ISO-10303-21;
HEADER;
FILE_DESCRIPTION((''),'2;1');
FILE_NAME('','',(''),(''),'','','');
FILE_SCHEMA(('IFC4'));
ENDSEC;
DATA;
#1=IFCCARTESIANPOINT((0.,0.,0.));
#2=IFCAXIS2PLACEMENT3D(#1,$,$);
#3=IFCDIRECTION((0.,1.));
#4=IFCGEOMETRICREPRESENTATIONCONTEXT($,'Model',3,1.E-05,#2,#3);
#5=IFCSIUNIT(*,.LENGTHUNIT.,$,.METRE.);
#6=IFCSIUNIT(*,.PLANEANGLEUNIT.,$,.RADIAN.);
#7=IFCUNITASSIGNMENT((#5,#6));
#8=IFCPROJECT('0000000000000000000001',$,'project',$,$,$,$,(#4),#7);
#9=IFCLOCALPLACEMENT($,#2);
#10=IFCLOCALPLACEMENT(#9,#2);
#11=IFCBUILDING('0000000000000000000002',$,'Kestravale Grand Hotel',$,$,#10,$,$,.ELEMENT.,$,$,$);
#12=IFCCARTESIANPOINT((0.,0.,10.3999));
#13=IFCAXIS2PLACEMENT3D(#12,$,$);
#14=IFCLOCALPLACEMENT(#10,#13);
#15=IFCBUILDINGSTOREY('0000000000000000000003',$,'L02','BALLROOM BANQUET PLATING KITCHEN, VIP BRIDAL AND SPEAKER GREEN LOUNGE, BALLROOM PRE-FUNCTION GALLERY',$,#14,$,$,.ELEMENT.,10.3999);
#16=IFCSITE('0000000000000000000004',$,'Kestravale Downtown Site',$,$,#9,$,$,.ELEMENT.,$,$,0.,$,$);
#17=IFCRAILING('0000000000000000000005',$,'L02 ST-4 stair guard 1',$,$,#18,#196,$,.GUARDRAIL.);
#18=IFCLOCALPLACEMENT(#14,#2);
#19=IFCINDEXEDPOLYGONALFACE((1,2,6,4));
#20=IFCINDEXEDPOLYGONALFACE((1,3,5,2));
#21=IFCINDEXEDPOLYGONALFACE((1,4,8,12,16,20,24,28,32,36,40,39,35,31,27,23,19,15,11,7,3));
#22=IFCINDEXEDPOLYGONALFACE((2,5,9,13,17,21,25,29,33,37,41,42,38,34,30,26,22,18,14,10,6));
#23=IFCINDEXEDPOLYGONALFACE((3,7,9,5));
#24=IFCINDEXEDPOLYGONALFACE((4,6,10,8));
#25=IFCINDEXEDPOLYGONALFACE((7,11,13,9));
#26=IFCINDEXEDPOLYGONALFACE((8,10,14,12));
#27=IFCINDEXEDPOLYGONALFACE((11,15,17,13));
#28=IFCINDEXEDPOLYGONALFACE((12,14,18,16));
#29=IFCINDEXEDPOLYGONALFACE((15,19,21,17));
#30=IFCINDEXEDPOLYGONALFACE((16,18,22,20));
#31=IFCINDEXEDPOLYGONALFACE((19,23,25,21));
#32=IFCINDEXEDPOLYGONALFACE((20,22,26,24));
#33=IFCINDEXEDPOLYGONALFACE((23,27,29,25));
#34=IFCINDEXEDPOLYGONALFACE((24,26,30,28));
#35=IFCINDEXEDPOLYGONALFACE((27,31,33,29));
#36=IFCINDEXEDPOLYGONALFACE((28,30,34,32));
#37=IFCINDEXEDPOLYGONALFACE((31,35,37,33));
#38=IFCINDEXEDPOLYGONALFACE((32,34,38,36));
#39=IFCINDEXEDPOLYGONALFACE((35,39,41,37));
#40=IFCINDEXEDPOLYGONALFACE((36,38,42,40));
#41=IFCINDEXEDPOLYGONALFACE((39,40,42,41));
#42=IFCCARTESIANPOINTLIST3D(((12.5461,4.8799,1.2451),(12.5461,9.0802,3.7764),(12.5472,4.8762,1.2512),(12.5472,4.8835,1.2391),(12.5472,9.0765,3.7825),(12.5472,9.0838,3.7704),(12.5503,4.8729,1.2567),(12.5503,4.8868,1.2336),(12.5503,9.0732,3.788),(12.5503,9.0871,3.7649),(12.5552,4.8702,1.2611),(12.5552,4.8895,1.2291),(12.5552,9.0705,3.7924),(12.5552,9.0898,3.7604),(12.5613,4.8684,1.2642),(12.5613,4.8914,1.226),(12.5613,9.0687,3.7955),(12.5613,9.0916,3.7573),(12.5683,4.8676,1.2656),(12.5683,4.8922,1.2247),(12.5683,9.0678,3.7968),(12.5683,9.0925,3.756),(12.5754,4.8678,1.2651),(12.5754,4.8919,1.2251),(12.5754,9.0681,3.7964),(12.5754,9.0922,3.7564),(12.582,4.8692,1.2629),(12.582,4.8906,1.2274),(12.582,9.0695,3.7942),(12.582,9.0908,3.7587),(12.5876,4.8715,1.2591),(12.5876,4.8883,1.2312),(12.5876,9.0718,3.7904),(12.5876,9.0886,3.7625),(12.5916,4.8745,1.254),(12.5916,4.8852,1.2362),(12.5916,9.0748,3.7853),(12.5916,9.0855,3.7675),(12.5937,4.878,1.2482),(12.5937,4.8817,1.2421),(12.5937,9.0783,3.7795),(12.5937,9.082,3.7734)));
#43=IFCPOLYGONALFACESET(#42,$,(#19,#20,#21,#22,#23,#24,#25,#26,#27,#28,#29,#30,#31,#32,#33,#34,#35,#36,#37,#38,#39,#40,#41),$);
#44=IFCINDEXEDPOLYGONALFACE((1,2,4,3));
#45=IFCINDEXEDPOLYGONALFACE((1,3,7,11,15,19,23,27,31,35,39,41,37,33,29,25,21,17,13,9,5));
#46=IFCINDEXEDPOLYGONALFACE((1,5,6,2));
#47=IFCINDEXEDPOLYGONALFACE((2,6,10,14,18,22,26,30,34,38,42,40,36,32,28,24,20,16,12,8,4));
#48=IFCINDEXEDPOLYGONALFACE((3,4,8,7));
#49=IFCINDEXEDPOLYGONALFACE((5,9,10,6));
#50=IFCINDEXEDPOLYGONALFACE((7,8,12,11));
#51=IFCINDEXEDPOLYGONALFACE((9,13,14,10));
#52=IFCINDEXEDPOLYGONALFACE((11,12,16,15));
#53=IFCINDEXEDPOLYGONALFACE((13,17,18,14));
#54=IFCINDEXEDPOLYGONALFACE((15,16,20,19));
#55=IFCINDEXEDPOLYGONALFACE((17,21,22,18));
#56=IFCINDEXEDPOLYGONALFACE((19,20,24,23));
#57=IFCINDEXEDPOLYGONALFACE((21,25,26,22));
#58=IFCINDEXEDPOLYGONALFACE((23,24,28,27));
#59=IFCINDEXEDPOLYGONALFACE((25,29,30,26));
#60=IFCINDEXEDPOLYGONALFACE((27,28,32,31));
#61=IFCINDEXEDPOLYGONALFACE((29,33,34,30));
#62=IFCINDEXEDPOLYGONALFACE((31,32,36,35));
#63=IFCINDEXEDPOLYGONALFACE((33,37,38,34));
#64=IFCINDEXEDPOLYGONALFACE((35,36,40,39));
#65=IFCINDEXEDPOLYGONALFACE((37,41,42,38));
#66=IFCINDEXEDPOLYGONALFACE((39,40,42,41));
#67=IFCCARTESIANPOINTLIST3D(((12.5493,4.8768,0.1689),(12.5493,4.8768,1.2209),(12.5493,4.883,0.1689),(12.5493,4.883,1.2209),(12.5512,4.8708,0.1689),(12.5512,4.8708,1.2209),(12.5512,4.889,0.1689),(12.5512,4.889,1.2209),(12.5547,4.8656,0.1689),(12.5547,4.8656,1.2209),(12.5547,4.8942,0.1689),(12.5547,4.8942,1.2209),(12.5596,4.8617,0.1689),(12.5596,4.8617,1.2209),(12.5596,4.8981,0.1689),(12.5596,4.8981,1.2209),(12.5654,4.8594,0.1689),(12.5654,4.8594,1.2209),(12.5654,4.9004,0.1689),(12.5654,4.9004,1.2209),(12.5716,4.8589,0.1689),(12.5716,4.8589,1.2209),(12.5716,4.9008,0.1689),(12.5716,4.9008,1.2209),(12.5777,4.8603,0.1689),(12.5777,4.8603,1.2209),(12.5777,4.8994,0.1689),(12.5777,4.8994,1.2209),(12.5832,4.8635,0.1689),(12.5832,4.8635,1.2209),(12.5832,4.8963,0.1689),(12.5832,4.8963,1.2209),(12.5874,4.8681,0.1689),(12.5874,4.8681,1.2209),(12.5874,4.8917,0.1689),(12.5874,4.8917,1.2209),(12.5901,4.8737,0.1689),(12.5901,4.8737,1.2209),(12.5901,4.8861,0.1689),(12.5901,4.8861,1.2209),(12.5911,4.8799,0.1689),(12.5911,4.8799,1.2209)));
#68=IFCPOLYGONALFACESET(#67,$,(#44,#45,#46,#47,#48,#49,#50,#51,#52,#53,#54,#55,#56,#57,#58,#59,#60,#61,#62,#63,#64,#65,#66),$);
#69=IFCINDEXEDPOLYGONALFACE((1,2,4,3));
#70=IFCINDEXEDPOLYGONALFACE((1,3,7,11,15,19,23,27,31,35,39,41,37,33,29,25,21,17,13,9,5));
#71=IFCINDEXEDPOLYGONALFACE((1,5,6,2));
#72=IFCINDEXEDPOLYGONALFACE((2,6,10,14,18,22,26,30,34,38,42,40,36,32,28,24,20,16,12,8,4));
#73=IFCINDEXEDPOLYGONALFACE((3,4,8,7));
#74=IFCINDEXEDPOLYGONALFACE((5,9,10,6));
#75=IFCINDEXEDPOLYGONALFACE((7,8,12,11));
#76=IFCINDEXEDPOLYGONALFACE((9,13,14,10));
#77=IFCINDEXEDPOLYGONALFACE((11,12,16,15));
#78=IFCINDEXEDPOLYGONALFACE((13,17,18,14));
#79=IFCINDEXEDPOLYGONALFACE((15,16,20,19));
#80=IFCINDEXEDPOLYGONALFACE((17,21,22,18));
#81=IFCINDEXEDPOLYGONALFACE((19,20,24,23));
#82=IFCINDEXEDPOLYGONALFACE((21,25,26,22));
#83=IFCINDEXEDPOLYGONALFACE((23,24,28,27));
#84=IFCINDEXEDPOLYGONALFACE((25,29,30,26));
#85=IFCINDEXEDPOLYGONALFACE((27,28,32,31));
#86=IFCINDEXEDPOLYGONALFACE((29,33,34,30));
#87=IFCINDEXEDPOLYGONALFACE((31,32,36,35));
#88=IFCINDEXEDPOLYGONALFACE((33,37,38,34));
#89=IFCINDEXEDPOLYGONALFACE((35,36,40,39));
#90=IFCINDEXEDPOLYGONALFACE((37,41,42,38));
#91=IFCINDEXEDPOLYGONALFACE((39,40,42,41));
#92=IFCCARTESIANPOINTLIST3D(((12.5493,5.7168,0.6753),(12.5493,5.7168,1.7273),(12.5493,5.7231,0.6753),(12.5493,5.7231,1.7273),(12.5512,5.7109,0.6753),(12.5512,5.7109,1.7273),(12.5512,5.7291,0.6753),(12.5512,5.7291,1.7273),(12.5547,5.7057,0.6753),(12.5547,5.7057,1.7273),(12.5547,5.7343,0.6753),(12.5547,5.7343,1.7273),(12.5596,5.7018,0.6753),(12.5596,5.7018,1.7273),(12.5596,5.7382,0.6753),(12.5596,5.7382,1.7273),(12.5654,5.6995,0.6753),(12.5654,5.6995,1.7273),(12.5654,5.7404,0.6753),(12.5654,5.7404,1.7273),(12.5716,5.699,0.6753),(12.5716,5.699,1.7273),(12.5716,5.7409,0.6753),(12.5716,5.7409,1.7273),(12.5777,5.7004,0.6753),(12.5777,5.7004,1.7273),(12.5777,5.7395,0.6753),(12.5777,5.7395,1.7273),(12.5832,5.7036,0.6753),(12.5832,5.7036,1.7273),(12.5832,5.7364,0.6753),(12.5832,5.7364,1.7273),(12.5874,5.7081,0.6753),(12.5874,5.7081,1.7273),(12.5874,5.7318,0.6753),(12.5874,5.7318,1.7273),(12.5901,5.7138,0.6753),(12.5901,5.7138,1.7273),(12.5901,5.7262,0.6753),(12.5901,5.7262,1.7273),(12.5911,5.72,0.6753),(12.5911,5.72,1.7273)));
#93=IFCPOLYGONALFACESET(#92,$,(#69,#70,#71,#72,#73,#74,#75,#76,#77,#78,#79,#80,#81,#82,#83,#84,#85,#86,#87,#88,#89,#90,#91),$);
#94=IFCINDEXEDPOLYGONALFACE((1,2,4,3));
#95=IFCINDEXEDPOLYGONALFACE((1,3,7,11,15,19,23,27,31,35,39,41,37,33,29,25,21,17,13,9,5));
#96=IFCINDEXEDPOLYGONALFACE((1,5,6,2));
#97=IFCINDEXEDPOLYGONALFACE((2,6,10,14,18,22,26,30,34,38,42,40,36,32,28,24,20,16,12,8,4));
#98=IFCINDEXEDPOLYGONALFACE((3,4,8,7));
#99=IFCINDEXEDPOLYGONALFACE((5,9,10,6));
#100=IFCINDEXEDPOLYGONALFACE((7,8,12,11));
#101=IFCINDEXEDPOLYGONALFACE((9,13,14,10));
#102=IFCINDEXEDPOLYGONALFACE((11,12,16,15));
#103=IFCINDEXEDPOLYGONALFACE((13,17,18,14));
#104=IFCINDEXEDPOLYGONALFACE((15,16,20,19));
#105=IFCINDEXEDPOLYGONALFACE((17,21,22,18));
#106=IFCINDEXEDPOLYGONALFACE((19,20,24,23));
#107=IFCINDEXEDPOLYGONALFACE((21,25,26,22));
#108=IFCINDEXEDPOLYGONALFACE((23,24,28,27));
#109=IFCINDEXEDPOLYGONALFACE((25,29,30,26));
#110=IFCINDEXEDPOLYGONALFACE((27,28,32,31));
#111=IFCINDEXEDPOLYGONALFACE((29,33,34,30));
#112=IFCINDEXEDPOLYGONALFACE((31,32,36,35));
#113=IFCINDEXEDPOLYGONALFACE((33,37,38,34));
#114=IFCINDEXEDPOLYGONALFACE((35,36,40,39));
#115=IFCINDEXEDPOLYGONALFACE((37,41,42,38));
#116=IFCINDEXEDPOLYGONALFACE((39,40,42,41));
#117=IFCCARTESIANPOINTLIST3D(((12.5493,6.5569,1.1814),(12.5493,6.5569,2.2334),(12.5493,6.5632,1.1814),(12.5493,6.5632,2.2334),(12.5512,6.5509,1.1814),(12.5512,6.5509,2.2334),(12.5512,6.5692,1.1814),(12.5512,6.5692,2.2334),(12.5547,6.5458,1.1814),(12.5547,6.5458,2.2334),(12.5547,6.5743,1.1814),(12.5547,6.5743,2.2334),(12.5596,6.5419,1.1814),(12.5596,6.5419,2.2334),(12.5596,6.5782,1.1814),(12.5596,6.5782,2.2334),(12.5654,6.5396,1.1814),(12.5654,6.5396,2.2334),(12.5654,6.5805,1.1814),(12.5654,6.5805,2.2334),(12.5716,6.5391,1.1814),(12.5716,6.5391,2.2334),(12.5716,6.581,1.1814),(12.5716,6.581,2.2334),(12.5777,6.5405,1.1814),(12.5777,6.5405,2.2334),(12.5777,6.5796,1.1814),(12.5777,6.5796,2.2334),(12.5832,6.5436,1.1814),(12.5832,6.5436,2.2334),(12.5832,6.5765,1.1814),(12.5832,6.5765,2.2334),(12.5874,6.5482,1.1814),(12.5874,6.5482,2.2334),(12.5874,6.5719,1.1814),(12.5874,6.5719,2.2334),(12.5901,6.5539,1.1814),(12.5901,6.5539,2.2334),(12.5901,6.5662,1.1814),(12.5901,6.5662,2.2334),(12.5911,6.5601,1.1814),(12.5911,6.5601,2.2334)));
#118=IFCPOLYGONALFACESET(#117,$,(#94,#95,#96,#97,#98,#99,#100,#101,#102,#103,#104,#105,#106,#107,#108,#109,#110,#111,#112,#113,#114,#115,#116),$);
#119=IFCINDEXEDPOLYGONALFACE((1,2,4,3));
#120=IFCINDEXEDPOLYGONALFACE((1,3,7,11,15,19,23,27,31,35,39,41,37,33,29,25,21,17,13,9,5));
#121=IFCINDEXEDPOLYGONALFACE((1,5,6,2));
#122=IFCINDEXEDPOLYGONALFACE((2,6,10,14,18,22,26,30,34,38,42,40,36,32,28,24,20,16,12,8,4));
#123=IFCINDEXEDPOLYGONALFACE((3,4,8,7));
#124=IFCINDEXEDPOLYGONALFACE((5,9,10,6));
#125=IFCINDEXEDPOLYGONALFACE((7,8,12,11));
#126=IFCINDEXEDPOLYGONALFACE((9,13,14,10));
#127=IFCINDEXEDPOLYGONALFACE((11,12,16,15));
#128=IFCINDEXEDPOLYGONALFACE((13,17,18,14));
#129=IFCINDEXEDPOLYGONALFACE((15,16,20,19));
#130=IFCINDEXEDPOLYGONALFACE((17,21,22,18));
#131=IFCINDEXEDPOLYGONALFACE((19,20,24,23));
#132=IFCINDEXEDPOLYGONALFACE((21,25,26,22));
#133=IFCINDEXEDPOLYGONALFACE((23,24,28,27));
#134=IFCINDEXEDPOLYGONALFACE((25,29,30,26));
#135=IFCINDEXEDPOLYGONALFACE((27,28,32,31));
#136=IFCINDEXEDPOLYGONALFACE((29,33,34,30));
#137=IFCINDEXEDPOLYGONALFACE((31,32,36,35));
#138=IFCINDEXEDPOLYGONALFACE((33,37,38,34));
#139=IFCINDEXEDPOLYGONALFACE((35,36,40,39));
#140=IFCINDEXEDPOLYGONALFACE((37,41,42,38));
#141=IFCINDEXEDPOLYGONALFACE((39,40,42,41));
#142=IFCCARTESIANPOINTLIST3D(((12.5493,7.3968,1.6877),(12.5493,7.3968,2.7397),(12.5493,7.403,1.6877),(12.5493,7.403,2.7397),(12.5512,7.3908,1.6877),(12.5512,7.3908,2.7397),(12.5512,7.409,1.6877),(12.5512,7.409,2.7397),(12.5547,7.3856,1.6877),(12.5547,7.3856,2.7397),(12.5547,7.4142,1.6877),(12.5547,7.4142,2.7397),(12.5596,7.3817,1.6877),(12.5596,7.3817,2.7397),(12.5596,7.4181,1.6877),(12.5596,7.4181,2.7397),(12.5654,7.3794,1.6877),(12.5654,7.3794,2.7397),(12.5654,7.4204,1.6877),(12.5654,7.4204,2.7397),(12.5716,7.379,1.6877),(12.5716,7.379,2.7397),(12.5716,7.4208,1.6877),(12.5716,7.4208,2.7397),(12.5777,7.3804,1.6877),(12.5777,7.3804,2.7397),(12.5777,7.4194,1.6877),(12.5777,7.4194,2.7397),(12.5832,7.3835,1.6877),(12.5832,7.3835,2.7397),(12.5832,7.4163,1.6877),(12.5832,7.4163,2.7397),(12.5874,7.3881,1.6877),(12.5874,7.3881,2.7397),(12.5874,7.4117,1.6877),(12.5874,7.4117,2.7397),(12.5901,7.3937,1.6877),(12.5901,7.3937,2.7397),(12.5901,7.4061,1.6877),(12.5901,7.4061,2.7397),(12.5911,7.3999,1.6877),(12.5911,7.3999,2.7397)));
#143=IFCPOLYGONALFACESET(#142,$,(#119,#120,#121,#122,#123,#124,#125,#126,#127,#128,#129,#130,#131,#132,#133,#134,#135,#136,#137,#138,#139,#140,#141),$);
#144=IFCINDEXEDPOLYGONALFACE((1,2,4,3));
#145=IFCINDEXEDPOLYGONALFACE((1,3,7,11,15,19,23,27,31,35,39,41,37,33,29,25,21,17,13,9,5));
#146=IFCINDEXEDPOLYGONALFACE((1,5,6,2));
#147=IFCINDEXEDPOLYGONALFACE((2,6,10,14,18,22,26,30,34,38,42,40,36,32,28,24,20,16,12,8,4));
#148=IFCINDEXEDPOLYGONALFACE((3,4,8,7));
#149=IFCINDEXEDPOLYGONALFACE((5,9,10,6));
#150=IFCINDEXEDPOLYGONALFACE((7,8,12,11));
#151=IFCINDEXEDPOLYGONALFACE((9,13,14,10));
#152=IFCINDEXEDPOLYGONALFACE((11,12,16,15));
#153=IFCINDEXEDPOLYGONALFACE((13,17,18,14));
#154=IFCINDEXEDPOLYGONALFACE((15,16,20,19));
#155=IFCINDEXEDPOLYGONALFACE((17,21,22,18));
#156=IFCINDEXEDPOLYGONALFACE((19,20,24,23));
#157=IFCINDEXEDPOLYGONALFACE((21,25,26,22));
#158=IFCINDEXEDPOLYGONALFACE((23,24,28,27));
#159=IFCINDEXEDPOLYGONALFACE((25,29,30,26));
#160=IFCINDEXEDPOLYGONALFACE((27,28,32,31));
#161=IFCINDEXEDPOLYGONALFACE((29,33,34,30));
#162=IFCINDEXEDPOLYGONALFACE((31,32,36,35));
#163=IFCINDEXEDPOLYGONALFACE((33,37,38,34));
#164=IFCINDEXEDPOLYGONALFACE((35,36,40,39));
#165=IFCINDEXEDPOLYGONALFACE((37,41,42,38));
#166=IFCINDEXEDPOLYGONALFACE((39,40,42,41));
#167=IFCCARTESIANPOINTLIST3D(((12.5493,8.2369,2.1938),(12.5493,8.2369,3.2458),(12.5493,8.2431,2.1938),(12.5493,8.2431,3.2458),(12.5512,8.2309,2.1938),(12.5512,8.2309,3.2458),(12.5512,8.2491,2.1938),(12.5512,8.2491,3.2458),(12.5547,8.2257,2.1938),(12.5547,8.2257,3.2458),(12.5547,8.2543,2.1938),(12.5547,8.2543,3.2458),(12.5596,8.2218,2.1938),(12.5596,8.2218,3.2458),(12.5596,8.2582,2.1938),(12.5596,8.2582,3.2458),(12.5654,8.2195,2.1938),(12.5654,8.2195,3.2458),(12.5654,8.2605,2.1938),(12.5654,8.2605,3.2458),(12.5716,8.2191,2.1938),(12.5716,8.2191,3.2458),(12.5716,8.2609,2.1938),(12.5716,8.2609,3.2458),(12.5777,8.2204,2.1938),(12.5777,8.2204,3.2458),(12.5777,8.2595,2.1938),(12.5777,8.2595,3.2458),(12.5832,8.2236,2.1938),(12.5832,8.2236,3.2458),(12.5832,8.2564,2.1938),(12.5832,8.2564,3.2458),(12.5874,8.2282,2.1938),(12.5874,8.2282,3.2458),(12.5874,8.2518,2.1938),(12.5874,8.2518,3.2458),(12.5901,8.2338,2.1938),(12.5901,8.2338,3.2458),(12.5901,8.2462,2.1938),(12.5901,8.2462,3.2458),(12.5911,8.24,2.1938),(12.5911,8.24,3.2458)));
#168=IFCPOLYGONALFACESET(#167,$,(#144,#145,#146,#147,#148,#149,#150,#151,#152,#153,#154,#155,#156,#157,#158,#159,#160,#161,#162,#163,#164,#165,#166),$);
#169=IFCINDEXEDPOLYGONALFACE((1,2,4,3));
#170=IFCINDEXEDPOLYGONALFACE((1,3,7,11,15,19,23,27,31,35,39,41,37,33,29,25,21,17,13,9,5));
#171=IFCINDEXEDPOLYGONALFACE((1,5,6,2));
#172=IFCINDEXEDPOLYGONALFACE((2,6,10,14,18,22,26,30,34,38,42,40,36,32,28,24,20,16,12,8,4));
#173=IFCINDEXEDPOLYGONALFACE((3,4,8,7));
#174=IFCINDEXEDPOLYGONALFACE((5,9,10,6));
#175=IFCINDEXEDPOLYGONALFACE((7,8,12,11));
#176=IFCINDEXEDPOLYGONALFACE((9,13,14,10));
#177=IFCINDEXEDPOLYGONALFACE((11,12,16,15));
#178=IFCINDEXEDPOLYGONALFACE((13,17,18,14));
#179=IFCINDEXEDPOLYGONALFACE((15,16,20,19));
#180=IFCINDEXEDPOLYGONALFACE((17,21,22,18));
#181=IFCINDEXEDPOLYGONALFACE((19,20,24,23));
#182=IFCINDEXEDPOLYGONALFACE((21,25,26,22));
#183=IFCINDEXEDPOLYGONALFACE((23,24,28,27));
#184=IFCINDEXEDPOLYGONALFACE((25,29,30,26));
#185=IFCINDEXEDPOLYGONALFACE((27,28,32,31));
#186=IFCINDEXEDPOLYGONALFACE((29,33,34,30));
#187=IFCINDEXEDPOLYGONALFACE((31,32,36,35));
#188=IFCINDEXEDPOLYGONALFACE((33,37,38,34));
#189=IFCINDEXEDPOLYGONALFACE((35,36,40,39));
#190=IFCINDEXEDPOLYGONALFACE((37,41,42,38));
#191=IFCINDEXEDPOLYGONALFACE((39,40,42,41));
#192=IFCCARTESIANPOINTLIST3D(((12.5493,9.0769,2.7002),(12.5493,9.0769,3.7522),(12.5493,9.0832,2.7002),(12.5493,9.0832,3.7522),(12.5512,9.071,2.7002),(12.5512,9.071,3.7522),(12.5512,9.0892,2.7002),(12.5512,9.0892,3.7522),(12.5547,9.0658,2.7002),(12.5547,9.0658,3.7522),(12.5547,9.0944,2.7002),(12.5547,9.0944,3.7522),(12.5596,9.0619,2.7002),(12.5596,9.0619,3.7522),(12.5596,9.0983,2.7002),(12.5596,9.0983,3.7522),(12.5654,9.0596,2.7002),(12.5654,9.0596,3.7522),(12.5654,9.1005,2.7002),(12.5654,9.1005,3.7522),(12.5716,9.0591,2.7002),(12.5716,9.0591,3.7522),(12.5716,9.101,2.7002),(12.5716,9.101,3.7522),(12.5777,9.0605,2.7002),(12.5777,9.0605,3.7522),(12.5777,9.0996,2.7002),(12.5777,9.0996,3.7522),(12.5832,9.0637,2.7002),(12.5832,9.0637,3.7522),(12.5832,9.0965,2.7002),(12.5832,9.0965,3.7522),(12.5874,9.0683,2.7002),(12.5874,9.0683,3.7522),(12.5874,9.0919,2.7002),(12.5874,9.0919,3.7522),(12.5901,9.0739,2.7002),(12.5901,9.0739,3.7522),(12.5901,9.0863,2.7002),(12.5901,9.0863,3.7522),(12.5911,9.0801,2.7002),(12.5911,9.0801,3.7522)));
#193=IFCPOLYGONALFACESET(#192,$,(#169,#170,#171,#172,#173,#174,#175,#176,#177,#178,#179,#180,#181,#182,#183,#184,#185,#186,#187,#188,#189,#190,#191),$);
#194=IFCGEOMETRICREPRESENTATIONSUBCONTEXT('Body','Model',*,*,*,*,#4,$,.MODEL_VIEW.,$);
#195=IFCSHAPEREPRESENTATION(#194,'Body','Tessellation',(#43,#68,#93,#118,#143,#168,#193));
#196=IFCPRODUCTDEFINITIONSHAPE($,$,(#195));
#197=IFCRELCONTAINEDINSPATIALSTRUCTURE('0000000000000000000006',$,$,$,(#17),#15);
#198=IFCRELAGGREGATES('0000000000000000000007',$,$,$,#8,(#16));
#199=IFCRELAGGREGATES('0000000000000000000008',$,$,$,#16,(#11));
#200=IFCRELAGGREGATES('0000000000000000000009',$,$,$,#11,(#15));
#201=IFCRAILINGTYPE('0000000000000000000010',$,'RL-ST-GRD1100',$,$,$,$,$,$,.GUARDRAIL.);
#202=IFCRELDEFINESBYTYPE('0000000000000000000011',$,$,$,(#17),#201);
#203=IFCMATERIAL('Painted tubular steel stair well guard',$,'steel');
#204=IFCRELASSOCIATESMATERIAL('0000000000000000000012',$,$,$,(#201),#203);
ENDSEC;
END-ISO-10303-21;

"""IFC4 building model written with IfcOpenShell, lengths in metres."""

from ifc_helpers import new_model, si_unit, direction, frame, origin, origin_2d, place, context, subcontext, project, spatial, circle, extrude, material, type_object, element, save


model = new_model("IFC4")

# Units and contexts
model_context = context("Model", 3, precision=1e-05, world=origin(), true_north=direction((0.0, 1.0)))
body_context = subcontext(model_context, "Body", "Model", "MODEL_VIEW")
ifc_project = project(units=[si_unit("LENGTHUNIT", "METRE"), si_unit("PLANEANGLEUNIT", "RADIAN")], contexts=[model_context])

# Site, building, storey
site_placement = place(None, origin())
site = spatial("IfcSite", under=ifc_project, at=site_placement, Name="Kestravale Downtown Site", CompositionType="ELEMENT", RefElevation=0.0)
building_placement = place(site_placement, origin())
building = spatial("IfcBuilding", under=site, at=building_placement, Name="Kestravale Grand Hotel", CompositionType="ELEMENT")
storey_placement = place(building_placement, frame((0.0, 0.0, 10.3999)))
storey = spatial("IfcBuildingStorey", under=building, at=storey_placement, Name="L02", Description="BALLROOM BANQUET PLATING KITCHEN, VIP BRIDAL AND SPEAKER GREEN LOUNGE, BALLROOM PRE-FUNCTION GALLERY", CompositionType="ELEMENT", Elevation=10.3999)

# Railing
ifc_material_1 = material(Name="Painted tubular steel stair well guard", Category="steel")
railing_type_1 = type_object("IfcRailingType", Name="RL-ST-GRD1100", PredefinedType="GUARDRAIL", material=ifc_material_1)
railing_1_placement = place(storey_placement, frame((12.5701, 4.8799, 0.1689)))
element("IfcRailing", 1, at=railing_1_placement, inside=storey, type_object=railing_type_1, Name="L02 ST-4 stair guard 1", PredefinedType="GUARDRAIL", context=body_context, shape_type="SweptSolid", body=[
    extrude(circle(Radius=0.0239, at=origin_2d()), frame((0.0, 0.0, 1.0762), z_axis=(0.0, 0.85649, 0.516164), x_axis=(-1.0, 0.0, 0.0)), (0.0, 0.0, 1.0), 4.9041),
    extrude(circle(Radius=0.021, at=origin_2d()), origin(), (0.0, 0.0, 1.0), 1.052),
    extrude(circle(Radius=0.021, at=origin_2d()), frame((0.0, 0.8401, 0.5063)), (0.0, 0.0, 1.0), 1.052),
    extrude(circle(Radius=0.021, at=origin_2d()), frame((0.0, 1.6802, 1.0125)), (0.0, 0.0, 1.0), 1.052),
    extrude(circle(Radius=0.021, at=origin_2d()), frame((0.0, 2.52, 1.5188)), (0.0, 0.0, 1.0), 1.052),
    extrude(circle(Radius=0.021, at=origin_2d()), frame((0.0, 3.3601, 2.0249)), (0.0, 0.0, 1.0), 1.052),
    extrude(circle(Radius=0.021, at=origin_2d()), frame((0.0, 4.2002, 2.5312)), (0.0, 0.0, 1.0), 1.052),
])

save(model, "model.ifc")
